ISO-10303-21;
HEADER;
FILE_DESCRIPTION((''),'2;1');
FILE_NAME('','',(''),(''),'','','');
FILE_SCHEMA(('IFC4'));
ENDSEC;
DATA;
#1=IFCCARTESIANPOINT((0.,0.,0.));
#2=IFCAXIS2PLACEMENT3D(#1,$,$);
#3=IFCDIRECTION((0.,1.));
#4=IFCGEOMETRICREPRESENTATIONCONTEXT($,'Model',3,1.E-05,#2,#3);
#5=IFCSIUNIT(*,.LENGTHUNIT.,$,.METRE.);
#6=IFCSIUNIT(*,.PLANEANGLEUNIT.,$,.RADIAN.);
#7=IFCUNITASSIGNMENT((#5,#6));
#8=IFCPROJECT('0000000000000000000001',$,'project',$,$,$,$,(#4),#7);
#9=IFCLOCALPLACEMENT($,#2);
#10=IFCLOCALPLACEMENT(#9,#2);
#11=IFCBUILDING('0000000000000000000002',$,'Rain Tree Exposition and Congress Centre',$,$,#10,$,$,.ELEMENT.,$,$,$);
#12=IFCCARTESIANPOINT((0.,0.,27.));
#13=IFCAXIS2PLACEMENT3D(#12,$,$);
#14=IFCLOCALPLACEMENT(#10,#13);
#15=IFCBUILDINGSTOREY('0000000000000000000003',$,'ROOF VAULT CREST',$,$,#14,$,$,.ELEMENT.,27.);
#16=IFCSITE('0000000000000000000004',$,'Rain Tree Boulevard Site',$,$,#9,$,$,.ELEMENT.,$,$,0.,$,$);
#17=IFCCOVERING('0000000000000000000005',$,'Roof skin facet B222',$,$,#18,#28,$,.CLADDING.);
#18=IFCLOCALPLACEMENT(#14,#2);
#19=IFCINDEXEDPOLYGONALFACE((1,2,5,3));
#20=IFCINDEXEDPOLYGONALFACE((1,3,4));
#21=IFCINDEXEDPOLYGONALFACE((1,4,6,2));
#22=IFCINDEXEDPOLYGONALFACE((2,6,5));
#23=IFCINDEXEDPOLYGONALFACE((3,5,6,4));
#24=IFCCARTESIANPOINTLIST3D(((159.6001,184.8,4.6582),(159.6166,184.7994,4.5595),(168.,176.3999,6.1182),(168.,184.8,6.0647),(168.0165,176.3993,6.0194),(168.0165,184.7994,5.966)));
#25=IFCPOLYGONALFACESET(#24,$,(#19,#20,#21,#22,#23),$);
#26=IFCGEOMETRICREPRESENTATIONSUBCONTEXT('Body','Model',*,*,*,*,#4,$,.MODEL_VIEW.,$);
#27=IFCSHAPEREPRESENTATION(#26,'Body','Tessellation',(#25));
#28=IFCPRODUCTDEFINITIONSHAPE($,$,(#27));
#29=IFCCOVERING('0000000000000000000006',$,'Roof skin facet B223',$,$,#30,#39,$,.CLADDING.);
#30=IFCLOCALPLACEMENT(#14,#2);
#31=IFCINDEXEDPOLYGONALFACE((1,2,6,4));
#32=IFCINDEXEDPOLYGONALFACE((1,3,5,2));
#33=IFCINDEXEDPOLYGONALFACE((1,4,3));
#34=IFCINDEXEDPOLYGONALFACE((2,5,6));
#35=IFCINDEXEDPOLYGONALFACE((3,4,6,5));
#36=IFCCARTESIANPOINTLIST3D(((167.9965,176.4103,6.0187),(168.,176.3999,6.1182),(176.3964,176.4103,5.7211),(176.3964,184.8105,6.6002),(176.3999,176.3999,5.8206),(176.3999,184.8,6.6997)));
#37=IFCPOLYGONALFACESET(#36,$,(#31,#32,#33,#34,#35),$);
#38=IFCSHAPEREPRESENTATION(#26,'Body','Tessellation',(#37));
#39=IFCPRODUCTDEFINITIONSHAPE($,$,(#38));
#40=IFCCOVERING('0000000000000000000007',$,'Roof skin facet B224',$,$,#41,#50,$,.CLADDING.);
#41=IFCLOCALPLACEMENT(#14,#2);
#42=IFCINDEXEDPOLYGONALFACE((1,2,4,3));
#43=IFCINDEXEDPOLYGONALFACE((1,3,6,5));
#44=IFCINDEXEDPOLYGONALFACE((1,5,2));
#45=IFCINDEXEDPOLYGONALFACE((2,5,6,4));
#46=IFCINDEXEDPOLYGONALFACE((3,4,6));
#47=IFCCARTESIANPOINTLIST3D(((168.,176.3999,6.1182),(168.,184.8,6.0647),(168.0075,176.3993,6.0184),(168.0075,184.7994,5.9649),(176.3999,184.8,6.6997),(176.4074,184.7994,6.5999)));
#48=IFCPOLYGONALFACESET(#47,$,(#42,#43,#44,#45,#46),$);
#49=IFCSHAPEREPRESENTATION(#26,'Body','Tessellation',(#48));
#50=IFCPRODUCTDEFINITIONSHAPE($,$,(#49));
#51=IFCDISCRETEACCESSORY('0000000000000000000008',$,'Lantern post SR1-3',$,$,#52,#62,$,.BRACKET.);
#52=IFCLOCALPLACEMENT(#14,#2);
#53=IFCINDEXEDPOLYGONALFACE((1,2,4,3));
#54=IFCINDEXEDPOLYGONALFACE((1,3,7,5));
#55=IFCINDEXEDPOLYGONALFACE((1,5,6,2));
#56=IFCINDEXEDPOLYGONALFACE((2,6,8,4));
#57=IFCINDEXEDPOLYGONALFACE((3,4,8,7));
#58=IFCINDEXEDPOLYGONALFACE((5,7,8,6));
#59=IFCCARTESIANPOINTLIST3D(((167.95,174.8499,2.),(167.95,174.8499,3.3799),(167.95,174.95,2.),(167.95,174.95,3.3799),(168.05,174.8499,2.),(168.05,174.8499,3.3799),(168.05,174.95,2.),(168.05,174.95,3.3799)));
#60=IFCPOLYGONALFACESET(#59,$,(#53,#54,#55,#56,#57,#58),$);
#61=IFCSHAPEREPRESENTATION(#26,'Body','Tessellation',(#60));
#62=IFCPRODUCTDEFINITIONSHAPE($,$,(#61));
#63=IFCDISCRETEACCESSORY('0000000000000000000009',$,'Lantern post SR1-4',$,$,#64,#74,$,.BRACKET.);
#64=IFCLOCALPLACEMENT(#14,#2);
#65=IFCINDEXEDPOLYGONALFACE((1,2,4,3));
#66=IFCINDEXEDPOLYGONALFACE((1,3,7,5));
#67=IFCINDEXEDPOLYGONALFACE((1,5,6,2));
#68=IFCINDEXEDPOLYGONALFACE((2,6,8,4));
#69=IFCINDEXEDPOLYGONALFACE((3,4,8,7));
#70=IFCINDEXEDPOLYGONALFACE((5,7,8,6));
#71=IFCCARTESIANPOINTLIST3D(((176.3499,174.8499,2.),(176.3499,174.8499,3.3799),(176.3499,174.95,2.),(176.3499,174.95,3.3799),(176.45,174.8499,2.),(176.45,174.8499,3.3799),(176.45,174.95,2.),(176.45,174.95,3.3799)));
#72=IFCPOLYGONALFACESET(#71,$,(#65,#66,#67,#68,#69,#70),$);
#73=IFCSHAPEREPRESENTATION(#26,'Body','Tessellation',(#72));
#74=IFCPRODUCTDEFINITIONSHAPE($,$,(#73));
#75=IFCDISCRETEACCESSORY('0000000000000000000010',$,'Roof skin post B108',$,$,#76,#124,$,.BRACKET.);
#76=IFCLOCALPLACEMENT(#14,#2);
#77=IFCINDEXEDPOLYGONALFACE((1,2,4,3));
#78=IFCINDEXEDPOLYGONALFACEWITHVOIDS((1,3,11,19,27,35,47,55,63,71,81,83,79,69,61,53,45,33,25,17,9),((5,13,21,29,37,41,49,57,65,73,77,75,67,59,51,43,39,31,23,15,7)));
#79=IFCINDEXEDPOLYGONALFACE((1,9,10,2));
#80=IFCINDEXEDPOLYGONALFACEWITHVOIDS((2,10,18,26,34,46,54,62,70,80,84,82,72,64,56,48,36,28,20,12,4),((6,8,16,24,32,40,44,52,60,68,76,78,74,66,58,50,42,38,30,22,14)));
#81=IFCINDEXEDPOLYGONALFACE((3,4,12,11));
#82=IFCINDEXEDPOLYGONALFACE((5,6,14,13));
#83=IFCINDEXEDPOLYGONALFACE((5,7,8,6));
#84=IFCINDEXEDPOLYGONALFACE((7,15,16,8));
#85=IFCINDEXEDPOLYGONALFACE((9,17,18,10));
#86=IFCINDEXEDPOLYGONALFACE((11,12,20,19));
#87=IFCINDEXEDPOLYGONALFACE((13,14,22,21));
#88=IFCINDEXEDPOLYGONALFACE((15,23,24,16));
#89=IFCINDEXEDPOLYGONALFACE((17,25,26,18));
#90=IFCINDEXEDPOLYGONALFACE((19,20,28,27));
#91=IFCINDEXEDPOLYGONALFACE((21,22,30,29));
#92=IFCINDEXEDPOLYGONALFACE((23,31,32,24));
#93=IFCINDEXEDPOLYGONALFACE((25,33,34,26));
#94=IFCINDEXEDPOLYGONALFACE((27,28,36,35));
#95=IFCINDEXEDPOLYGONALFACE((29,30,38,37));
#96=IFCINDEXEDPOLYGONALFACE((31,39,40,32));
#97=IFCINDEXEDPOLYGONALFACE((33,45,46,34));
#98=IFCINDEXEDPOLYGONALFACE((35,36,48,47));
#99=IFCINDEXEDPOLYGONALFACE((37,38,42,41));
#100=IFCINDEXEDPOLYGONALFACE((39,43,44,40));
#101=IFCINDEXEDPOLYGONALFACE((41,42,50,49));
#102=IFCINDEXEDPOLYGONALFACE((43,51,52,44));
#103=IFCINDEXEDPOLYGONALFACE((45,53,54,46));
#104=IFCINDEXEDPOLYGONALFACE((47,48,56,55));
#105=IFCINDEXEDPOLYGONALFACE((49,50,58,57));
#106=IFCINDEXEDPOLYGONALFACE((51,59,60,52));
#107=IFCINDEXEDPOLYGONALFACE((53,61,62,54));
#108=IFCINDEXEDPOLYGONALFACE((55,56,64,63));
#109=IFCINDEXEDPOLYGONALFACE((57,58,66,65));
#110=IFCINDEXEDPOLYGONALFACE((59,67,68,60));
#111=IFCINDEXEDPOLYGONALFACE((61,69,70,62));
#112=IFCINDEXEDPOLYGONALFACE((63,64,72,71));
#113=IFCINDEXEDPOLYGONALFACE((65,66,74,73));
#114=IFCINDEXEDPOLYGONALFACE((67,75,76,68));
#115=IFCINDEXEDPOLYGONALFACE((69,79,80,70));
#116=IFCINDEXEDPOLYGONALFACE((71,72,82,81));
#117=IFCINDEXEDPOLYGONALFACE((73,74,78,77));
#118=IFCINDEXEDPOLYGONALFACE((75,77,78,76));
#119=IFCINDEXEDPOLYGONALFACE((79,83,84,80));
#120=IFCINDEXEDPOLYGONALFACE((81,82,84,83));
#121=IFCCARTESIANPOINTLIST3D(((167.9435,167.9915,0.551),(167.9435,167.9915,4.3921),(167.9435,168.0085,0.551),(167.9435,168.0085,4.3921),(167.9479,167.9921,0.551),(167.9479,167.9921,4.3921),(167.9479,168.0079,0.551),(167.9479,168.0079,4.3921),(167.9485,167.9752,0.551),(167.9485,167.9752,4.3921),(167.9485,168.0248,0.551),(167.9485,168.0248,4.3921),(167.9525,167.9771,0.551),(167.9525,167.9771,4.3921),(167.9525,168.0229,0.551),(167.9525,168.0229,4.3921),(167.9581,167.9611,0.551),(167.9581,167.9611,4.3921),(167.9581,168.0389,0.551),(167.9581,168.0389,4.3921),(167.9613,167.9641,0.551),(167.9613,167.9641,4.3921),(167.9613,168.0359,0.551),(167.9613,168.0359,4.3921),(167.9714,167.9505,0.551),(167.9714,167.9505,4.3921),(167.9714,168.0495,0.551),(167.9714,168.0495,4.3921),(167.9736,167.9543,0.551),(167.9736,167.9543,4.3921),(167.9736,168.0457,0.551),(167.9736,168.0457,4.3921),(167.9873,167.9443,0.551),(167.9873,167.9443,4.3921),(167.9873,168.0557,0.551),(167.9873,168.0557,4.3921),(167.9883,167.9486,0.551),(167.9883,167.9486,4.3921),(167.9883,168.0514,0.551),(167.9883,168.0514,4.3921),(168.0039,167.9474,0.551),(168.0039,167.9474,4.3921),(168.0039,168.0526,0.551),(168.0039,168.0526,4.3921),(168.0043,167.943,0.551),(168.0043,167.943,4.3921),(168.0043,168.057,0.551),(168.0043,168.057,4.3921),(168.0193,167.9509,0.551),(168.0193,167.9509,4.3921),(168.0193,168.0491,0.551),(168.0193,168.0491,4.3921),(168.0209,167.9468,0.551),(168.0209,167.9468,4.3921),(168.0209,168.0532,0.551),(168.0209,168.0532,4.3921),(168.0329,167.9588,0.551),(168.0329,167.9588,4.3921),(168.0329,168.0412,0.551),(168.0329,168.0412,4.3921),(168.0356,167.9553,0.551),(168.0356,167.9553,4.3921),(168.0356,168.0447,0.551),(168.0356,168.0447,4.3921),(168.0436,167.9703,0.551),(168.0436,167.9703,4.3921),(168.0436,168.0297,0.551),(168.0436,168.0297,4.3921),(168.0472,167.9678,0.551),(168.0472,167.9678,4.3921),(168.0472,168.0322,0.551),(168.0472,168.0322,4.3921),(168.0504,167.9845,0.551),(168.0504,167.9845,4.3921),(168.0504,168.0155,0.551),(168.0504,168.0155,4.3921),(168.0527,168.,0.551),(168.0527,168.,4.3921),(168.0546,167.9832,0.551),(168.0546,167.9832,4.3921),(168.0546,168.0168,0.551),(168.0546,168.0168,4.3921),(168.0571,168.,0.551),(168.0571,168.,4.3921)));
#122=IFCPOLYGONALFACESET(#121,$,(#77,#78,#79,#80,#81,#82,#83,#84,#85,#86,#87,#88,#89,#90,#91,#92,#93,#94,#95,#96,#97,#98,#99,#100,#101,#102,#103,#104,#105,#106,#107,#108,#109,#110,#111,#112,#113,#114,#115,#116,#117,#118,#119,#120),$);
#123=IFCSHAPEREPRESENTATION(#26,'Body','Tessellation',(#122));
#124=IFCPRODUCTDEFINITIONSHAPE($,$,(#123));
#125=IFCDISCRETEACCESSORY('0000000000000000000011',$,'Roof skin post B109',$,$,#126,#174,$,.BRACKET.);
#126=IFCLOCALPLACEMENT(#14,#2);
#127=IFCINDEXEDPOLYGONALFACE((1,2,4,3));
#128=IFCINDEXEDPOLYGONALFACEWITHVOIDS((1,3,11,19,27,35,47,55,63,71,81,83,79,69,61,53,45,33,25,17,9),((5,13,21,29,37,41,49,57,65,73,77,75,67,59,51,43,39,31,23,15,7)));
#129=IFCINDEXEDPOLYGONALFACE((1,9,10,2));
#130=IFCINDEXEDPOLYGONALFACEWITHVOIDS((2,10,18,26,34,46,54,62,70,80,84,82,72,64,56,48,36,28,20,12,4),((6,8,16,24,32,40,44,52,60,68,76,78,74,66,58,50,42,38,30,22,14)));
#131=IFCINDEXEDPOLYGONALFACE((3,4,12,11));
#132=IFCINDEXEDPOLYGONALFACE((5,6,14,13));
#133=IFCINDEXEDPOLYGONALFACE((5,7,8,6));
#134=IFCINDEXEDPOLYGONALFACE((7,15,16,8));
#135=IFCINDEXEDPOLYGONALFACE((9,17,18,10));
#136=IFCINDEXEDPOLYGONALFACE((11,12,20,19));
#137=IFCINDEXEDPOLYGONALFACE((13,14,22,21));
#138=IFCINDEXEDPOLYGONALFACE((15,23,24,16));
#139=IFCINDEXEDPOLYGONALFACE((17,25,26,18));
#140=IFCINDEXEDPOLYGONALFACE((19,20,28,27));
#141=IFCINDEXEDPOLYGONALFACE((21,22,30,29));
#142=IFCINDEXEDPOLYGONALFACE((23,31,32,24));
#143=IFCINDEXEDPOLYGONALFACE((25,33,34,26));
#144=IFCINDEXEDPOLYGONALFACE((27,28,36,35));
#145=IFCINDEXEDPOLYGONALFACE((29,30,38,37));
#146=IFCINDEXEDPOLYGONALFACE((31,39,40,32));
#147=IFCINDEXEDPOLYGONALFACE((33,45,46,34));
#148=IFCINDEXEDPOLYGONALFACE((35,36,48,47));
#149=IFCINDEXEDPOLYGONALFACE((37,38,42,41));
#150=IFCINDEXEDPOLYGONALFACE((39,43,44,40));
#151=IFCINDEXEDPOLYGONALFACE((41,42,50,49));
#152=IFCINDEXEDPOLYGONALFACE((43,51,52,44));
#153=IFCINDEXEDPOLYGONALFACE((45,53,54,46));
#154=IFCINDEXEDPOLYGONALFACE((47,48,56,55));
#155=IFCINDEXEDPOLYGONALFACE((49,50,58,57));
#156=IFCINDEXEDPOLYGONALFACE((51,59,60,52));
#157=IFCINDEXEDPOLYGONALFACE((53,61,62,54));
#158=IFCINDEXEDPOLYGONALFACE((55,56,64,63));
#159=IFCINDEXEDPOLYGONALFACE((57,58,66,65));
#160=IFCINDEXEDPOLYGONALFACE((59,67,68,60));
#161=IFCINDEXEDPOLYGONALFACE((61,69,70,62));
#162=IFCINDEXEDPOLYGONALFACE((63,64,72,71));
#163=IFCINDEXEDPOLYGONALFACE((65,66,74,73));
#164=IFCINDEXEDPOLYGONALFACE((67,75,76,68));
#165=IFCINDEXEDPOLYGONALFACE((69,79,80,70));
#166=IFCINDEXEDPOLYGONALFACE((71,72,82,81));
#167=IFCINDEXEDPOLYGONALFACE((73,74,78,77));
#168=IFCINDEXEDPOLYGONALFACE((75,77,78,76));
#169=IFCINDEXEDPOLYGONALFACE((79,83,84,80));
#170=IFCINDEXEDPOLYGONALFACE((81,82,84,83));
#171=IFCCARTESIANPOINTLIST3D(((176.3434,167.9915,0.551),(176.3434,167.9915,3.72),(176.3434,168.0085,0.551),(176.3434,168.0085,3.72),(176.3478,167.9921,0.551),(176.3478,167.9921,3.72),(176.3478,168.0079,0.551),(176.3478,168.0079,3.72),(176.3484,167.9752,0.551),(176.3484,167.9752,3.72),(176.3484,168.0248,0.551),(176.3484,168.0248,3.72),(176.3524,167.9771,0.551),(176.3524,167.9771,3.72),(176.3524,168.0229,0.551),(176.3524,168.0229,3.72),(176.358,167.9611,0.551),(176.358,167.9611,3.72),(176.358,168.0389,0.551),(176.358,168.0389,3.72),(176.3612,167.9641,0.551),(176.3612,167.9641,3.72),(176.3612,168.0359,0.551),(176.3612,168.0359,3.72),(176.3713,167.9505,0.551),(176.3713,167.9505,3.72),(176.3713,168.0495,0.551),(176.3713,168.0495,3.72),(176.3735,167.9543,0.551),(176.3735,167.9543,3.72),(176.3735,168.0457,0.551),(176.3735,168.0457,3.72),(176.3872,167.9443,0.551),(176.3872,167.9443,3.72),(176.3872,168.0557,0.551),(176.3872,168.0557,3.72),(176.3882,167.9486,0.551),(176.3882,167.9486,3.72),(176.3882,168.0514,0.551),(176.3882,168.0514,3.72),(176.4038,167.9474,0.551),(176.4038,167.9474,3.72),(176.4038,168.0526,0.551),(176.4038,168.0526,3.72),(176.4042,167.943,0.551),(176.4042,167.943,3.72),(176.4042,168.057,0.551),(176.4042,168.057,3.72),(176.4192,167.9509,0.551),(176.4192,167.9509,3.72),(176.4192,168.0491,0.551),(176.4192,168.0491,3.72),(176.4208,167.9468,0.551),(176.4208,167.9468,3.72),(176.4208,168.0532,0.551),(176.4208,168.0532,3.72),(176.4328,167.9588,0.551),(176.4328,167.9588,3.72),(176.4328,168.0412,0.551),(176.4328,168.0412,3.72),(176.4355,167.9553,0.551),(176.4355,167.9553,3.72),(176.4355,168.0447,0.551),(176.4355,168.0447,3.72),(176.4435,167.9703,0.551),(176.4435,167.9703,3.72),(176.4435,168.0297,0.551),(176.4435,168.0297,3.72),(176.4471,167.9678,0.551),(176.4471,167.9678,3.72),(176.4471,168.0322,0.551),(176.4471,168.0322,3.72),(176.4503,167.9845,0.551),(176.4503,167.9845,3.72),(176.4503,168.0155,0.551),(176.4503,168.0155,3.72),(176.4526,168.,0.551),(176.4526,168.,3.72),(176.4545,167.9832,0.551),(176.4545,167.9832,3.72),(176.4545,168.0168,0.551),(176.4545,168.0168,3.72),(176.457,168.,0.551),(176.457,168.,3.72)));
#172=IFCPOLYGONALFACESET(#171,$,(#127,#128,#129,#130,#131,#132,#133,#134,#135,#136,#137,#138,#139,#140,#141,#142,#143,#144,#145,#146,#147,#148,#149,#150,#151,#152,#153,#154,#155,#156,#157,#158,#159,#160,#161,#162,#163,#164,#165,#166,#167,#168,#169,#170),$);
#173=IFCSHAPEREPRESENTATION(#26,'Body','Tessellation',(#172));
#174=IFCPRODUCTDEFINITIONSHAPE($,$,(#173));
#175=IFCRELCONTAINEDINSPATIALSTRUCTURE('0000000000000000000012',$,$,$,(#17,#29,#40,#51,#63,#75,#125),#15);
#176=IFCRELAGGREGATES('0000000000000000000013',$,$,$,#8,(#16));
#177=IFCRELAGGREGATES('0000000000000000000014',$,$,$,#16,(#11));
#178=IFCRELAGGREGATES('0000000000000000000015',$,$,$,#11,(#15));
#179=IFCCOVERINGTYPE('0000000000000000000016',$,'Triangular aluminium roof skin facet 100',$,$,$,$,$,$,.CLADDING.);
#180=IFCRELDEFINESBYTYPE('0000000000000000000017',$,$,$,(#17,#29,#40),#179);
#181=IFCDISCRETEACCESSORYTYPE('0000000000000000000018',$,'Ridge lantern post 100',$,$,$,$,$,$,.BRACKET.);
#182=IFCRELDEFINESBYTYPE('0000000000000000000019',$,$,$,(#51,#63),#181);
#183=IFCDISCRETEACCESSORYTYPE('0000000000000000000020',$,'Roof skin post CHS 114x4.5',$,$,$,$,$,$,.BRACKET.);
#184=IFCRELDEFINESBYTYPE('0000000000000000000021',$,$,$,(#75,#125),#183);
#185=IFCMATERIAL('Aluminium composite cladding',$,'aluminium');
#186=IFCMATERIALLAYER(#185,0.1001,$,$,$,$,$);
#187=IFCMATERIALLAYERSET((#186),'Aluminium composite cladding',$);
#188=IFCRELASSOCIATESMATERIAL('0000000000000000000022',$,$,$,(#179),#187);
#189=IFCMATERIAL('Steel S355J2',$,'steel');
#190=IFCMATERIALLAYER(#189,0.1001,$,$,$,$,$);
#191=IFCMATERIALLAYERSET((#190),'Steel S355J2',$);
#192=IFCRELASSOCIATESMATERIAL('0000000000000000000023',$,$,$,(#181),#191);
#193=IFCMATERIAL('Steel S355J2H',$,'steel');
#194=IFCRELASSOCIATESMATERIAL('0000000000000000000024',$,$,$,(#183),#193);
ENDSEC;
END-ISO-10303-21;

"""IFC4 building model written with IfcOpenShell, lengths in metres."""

from ifc_helpers import new_model, si_unit, direction, frame, origin, origin_2d, place, context, subcontext, project, spatial, polyline, rectangle, hollow_circle, outline, extrude, material, layer, layer_set, material_profile, profile_set, type_object, element, save


model = new_model("IFC4")

# Units and contexts
model_context = context("Model", 3, precision=1e-05, world=origin(), true_north=direction((0.0, 1.0)))
body_context = subcontext(model_context, "Body", "Model", "MODEL_VIEW")
ifc_project = project(units=[si_unit("LENGTHUNIT", "METRE"), si_unit("PLANEANGLEUNIT", "RADIAN")], contexts=[model_context])

# Site, building, storey
site_placement = place(None, origin())
site = spatial("IfcSite", under=ifc_project, at=site_placement, Name="Rain Tree Boulevard Site", CompositionType="ELEMENT", RefElevation=0.0)
building_placement = place(site_placement, origin())
building = spatial("IfcBuilding", under=site, at=building_placement, Name="Rain Tree Exposition and Congress Centre", CompositionType="ELEMENT")
storey_placement = place(building_placement, frame((0.0, 0.0, 27.0)))
storey = spatial("IfcBuildingStorey", under=building, at=storey_placement, Name="ROOF VAULT CREST", CompositionType="ELEMENT", Elevation=27.0)

# Coverings
ifc_material_1 = material(Name="Aluminium composite cladding", Category="aluminium")
ifc_layer_1 = layer(ifc_material_1, 0.1001)
ifc_layer_set_1 = layer_set([ifc_layer_1], Name="Aluminium composite cladding")
covering_type_1 = type_object("IfcCoveringType", Name="Triangular aluminium roof skin facet 100", PredefinedType="CLADDING", material=ifc_layer_set_1)
covering_1_placement = place(storey_placement, frame((168.0, 176.3999, 6.1182), z_axis=(-0.165139, 0.006277, 0.98625), x_axis=(0.0, 0.99998, -0.006365)))
element("IfcCovering", 1, at=covering_1_placement, inside=storey, type_object=covering_type_1, Name="Roof skin facet B222", PredefinedType="CLADDING", context=body_context, shape_type="SweptSolid", body=[
    extrude(outline(polyline([(0.0, 0.0), (8.4003, 0.0), (8.4093, 8.5168), (0.0, 0.0)])), origin(), (0.0, 0.0, -1.0), 0.1001),
])
covering_2_placement = place(storey_placement, frame((168.0, 176.3999, 6.1182), z_axis=(0.035216, -0.104026, 0.993951), x_axis=(0.999373, 0.0, -0.035408)))
element("IfcCovering", 2, at=covering_2_placement, inside=storey, type_object=covering_type_1, Name="Roof skin facet B223", PredefinedType="CLADDING", context=body_context, shape_type="SweptSolid", body=[
    extrude(outline(polyline([(0.0, 0.0), (8.4052, 0.0), (8.374, 8.446), (0.0, 0.0)])), origin(), (0.0, 0.0, -1.0), 0.1001),
])
covering_3_placement = place(storey_placement, frame((168.0, 176.3999, 6.1182), z_axis=(-0.075381, 0.006347, 0.997135), x_axis=(0.706251, 0.706271, 0.048895)))
element("IfcCovering", 3, at=covering_3_placement, inside=storey, type_object=covering_type_1, Name="Roof skin facet B224", PredefinedType="CLADDING", context=body_context, shape_type="SweptSolid", body=[
    extrude(outline(polyline([(0.0, 0.0), (11.8937, 0.0), (5.9302, 5.9497), (0.0, 0.0)])), origin(), (0.0, 0.0, -1.0), 0.1001),
])

# Discrete accessories
ifc_material_2 = material(Name="Steel S355J2", Category="steel")
ifc_layer_2 = layer(ifc_material_2, 0.1001)
ifc_layer_set_2 = layer_set([ifc_layer_2], Name="Steel S355J2")
discrete_accessory_type_1 = type_object("IfcDiscreteAccessoryType", Name="Ridge lantern post 100", PredefinedType="BRACKET", material=ifc_layer_set_2)
for number, where, z_axis, x_axis, name in (
    (4, (168.0, 174.8999, 2.0), (0.0, 0.0, 1.0), (1.0, 0.0, 0.0), "Lantern post SR1-3"),
    (5, (176.3999, 174.8999, 2.0), (0.0, 0.0, 1.0), (1.0, 0.0, 0.0), "Lantern post SR1-4"),
):
    element("IfcDiscreteAccessory", number, at=place(storey_placement, frame(where, z_axis=z_axis, x_axis=x_axis)), inside=storey, type_object=discrete_accessory_type_1, Name=name, PredefinedType="BRACKET", context=body_context, shape_type="SweptSolid", body=[
        extrude(rectangle(XDim=0.1001, YDim=0.1001, at=origin_2d()), origin(), (0.0, 0.0, 1.0), 1.3799),
    ])
ifc_material_3 = material(Name="Steel S355J2H", Category="steel")
ifc_material_profile_1 = material_profile(ifc_material_3, hollow_circle(Radius=0.0571, WallThickness=0.0044, at=origin_2d()), Name="CHS 114x4.5")
ifc_profile_set_1 = profile_set([ifc_material_profile_1], Name="Steel S355J2H")
discrete_accessory_type_2 = type_object("IfcDiscreteAccessoryType", Name="Roof skin post CHS 114x4.5", PredefinedType="BRACKET", material=ifc_profile_set_1)
discrete_accessory_1_placement = place(storey_placement, frame((168.0, 168.0, 0.551), z_axis=(0.0, 0.0, 1.0), x_axis=(1.0, 0.0, 0.0)))
element("IfcDiscreteAccessory", 6, at=discrete_accessory_1_placement, inside=storey, type_object=discrete_accessory_type_2, Name="Roof skin post B108", PredefinedType="BRACKET", context=body_context, shape_type="SweptSolid", body=[
    extrude(hollow_circle(Radius=0.0571, WallThickness=0.0044, at=origin_2d()), origin(), (0.0, 0.0, 1.0), 3.8411),
])
discrete_accessory_2_placement = place(storey_placement, frame((176.3999, 168.0, 0.551), z_axis=(0.0, 0.0, 1.0), x_axis=(1.0, 0.0, 0.0)))
element("IfcDiscreteAccessory", 7, at=discrete_accessory_2_placement, inside=storey, type_object=discrete_accessory_type_2, Name="Roof skin post B109", PredefinedType="BRACKET", context=body_context, shape_type="SweptSolid", body=[
    extrude(hollow_circle(Radius=0.0571, WallThickness=0.0044, at=origin_2d()), origin(), (0.0, 0.0, 1.0), 3.1689),
])

save(model, "model.ifc")
